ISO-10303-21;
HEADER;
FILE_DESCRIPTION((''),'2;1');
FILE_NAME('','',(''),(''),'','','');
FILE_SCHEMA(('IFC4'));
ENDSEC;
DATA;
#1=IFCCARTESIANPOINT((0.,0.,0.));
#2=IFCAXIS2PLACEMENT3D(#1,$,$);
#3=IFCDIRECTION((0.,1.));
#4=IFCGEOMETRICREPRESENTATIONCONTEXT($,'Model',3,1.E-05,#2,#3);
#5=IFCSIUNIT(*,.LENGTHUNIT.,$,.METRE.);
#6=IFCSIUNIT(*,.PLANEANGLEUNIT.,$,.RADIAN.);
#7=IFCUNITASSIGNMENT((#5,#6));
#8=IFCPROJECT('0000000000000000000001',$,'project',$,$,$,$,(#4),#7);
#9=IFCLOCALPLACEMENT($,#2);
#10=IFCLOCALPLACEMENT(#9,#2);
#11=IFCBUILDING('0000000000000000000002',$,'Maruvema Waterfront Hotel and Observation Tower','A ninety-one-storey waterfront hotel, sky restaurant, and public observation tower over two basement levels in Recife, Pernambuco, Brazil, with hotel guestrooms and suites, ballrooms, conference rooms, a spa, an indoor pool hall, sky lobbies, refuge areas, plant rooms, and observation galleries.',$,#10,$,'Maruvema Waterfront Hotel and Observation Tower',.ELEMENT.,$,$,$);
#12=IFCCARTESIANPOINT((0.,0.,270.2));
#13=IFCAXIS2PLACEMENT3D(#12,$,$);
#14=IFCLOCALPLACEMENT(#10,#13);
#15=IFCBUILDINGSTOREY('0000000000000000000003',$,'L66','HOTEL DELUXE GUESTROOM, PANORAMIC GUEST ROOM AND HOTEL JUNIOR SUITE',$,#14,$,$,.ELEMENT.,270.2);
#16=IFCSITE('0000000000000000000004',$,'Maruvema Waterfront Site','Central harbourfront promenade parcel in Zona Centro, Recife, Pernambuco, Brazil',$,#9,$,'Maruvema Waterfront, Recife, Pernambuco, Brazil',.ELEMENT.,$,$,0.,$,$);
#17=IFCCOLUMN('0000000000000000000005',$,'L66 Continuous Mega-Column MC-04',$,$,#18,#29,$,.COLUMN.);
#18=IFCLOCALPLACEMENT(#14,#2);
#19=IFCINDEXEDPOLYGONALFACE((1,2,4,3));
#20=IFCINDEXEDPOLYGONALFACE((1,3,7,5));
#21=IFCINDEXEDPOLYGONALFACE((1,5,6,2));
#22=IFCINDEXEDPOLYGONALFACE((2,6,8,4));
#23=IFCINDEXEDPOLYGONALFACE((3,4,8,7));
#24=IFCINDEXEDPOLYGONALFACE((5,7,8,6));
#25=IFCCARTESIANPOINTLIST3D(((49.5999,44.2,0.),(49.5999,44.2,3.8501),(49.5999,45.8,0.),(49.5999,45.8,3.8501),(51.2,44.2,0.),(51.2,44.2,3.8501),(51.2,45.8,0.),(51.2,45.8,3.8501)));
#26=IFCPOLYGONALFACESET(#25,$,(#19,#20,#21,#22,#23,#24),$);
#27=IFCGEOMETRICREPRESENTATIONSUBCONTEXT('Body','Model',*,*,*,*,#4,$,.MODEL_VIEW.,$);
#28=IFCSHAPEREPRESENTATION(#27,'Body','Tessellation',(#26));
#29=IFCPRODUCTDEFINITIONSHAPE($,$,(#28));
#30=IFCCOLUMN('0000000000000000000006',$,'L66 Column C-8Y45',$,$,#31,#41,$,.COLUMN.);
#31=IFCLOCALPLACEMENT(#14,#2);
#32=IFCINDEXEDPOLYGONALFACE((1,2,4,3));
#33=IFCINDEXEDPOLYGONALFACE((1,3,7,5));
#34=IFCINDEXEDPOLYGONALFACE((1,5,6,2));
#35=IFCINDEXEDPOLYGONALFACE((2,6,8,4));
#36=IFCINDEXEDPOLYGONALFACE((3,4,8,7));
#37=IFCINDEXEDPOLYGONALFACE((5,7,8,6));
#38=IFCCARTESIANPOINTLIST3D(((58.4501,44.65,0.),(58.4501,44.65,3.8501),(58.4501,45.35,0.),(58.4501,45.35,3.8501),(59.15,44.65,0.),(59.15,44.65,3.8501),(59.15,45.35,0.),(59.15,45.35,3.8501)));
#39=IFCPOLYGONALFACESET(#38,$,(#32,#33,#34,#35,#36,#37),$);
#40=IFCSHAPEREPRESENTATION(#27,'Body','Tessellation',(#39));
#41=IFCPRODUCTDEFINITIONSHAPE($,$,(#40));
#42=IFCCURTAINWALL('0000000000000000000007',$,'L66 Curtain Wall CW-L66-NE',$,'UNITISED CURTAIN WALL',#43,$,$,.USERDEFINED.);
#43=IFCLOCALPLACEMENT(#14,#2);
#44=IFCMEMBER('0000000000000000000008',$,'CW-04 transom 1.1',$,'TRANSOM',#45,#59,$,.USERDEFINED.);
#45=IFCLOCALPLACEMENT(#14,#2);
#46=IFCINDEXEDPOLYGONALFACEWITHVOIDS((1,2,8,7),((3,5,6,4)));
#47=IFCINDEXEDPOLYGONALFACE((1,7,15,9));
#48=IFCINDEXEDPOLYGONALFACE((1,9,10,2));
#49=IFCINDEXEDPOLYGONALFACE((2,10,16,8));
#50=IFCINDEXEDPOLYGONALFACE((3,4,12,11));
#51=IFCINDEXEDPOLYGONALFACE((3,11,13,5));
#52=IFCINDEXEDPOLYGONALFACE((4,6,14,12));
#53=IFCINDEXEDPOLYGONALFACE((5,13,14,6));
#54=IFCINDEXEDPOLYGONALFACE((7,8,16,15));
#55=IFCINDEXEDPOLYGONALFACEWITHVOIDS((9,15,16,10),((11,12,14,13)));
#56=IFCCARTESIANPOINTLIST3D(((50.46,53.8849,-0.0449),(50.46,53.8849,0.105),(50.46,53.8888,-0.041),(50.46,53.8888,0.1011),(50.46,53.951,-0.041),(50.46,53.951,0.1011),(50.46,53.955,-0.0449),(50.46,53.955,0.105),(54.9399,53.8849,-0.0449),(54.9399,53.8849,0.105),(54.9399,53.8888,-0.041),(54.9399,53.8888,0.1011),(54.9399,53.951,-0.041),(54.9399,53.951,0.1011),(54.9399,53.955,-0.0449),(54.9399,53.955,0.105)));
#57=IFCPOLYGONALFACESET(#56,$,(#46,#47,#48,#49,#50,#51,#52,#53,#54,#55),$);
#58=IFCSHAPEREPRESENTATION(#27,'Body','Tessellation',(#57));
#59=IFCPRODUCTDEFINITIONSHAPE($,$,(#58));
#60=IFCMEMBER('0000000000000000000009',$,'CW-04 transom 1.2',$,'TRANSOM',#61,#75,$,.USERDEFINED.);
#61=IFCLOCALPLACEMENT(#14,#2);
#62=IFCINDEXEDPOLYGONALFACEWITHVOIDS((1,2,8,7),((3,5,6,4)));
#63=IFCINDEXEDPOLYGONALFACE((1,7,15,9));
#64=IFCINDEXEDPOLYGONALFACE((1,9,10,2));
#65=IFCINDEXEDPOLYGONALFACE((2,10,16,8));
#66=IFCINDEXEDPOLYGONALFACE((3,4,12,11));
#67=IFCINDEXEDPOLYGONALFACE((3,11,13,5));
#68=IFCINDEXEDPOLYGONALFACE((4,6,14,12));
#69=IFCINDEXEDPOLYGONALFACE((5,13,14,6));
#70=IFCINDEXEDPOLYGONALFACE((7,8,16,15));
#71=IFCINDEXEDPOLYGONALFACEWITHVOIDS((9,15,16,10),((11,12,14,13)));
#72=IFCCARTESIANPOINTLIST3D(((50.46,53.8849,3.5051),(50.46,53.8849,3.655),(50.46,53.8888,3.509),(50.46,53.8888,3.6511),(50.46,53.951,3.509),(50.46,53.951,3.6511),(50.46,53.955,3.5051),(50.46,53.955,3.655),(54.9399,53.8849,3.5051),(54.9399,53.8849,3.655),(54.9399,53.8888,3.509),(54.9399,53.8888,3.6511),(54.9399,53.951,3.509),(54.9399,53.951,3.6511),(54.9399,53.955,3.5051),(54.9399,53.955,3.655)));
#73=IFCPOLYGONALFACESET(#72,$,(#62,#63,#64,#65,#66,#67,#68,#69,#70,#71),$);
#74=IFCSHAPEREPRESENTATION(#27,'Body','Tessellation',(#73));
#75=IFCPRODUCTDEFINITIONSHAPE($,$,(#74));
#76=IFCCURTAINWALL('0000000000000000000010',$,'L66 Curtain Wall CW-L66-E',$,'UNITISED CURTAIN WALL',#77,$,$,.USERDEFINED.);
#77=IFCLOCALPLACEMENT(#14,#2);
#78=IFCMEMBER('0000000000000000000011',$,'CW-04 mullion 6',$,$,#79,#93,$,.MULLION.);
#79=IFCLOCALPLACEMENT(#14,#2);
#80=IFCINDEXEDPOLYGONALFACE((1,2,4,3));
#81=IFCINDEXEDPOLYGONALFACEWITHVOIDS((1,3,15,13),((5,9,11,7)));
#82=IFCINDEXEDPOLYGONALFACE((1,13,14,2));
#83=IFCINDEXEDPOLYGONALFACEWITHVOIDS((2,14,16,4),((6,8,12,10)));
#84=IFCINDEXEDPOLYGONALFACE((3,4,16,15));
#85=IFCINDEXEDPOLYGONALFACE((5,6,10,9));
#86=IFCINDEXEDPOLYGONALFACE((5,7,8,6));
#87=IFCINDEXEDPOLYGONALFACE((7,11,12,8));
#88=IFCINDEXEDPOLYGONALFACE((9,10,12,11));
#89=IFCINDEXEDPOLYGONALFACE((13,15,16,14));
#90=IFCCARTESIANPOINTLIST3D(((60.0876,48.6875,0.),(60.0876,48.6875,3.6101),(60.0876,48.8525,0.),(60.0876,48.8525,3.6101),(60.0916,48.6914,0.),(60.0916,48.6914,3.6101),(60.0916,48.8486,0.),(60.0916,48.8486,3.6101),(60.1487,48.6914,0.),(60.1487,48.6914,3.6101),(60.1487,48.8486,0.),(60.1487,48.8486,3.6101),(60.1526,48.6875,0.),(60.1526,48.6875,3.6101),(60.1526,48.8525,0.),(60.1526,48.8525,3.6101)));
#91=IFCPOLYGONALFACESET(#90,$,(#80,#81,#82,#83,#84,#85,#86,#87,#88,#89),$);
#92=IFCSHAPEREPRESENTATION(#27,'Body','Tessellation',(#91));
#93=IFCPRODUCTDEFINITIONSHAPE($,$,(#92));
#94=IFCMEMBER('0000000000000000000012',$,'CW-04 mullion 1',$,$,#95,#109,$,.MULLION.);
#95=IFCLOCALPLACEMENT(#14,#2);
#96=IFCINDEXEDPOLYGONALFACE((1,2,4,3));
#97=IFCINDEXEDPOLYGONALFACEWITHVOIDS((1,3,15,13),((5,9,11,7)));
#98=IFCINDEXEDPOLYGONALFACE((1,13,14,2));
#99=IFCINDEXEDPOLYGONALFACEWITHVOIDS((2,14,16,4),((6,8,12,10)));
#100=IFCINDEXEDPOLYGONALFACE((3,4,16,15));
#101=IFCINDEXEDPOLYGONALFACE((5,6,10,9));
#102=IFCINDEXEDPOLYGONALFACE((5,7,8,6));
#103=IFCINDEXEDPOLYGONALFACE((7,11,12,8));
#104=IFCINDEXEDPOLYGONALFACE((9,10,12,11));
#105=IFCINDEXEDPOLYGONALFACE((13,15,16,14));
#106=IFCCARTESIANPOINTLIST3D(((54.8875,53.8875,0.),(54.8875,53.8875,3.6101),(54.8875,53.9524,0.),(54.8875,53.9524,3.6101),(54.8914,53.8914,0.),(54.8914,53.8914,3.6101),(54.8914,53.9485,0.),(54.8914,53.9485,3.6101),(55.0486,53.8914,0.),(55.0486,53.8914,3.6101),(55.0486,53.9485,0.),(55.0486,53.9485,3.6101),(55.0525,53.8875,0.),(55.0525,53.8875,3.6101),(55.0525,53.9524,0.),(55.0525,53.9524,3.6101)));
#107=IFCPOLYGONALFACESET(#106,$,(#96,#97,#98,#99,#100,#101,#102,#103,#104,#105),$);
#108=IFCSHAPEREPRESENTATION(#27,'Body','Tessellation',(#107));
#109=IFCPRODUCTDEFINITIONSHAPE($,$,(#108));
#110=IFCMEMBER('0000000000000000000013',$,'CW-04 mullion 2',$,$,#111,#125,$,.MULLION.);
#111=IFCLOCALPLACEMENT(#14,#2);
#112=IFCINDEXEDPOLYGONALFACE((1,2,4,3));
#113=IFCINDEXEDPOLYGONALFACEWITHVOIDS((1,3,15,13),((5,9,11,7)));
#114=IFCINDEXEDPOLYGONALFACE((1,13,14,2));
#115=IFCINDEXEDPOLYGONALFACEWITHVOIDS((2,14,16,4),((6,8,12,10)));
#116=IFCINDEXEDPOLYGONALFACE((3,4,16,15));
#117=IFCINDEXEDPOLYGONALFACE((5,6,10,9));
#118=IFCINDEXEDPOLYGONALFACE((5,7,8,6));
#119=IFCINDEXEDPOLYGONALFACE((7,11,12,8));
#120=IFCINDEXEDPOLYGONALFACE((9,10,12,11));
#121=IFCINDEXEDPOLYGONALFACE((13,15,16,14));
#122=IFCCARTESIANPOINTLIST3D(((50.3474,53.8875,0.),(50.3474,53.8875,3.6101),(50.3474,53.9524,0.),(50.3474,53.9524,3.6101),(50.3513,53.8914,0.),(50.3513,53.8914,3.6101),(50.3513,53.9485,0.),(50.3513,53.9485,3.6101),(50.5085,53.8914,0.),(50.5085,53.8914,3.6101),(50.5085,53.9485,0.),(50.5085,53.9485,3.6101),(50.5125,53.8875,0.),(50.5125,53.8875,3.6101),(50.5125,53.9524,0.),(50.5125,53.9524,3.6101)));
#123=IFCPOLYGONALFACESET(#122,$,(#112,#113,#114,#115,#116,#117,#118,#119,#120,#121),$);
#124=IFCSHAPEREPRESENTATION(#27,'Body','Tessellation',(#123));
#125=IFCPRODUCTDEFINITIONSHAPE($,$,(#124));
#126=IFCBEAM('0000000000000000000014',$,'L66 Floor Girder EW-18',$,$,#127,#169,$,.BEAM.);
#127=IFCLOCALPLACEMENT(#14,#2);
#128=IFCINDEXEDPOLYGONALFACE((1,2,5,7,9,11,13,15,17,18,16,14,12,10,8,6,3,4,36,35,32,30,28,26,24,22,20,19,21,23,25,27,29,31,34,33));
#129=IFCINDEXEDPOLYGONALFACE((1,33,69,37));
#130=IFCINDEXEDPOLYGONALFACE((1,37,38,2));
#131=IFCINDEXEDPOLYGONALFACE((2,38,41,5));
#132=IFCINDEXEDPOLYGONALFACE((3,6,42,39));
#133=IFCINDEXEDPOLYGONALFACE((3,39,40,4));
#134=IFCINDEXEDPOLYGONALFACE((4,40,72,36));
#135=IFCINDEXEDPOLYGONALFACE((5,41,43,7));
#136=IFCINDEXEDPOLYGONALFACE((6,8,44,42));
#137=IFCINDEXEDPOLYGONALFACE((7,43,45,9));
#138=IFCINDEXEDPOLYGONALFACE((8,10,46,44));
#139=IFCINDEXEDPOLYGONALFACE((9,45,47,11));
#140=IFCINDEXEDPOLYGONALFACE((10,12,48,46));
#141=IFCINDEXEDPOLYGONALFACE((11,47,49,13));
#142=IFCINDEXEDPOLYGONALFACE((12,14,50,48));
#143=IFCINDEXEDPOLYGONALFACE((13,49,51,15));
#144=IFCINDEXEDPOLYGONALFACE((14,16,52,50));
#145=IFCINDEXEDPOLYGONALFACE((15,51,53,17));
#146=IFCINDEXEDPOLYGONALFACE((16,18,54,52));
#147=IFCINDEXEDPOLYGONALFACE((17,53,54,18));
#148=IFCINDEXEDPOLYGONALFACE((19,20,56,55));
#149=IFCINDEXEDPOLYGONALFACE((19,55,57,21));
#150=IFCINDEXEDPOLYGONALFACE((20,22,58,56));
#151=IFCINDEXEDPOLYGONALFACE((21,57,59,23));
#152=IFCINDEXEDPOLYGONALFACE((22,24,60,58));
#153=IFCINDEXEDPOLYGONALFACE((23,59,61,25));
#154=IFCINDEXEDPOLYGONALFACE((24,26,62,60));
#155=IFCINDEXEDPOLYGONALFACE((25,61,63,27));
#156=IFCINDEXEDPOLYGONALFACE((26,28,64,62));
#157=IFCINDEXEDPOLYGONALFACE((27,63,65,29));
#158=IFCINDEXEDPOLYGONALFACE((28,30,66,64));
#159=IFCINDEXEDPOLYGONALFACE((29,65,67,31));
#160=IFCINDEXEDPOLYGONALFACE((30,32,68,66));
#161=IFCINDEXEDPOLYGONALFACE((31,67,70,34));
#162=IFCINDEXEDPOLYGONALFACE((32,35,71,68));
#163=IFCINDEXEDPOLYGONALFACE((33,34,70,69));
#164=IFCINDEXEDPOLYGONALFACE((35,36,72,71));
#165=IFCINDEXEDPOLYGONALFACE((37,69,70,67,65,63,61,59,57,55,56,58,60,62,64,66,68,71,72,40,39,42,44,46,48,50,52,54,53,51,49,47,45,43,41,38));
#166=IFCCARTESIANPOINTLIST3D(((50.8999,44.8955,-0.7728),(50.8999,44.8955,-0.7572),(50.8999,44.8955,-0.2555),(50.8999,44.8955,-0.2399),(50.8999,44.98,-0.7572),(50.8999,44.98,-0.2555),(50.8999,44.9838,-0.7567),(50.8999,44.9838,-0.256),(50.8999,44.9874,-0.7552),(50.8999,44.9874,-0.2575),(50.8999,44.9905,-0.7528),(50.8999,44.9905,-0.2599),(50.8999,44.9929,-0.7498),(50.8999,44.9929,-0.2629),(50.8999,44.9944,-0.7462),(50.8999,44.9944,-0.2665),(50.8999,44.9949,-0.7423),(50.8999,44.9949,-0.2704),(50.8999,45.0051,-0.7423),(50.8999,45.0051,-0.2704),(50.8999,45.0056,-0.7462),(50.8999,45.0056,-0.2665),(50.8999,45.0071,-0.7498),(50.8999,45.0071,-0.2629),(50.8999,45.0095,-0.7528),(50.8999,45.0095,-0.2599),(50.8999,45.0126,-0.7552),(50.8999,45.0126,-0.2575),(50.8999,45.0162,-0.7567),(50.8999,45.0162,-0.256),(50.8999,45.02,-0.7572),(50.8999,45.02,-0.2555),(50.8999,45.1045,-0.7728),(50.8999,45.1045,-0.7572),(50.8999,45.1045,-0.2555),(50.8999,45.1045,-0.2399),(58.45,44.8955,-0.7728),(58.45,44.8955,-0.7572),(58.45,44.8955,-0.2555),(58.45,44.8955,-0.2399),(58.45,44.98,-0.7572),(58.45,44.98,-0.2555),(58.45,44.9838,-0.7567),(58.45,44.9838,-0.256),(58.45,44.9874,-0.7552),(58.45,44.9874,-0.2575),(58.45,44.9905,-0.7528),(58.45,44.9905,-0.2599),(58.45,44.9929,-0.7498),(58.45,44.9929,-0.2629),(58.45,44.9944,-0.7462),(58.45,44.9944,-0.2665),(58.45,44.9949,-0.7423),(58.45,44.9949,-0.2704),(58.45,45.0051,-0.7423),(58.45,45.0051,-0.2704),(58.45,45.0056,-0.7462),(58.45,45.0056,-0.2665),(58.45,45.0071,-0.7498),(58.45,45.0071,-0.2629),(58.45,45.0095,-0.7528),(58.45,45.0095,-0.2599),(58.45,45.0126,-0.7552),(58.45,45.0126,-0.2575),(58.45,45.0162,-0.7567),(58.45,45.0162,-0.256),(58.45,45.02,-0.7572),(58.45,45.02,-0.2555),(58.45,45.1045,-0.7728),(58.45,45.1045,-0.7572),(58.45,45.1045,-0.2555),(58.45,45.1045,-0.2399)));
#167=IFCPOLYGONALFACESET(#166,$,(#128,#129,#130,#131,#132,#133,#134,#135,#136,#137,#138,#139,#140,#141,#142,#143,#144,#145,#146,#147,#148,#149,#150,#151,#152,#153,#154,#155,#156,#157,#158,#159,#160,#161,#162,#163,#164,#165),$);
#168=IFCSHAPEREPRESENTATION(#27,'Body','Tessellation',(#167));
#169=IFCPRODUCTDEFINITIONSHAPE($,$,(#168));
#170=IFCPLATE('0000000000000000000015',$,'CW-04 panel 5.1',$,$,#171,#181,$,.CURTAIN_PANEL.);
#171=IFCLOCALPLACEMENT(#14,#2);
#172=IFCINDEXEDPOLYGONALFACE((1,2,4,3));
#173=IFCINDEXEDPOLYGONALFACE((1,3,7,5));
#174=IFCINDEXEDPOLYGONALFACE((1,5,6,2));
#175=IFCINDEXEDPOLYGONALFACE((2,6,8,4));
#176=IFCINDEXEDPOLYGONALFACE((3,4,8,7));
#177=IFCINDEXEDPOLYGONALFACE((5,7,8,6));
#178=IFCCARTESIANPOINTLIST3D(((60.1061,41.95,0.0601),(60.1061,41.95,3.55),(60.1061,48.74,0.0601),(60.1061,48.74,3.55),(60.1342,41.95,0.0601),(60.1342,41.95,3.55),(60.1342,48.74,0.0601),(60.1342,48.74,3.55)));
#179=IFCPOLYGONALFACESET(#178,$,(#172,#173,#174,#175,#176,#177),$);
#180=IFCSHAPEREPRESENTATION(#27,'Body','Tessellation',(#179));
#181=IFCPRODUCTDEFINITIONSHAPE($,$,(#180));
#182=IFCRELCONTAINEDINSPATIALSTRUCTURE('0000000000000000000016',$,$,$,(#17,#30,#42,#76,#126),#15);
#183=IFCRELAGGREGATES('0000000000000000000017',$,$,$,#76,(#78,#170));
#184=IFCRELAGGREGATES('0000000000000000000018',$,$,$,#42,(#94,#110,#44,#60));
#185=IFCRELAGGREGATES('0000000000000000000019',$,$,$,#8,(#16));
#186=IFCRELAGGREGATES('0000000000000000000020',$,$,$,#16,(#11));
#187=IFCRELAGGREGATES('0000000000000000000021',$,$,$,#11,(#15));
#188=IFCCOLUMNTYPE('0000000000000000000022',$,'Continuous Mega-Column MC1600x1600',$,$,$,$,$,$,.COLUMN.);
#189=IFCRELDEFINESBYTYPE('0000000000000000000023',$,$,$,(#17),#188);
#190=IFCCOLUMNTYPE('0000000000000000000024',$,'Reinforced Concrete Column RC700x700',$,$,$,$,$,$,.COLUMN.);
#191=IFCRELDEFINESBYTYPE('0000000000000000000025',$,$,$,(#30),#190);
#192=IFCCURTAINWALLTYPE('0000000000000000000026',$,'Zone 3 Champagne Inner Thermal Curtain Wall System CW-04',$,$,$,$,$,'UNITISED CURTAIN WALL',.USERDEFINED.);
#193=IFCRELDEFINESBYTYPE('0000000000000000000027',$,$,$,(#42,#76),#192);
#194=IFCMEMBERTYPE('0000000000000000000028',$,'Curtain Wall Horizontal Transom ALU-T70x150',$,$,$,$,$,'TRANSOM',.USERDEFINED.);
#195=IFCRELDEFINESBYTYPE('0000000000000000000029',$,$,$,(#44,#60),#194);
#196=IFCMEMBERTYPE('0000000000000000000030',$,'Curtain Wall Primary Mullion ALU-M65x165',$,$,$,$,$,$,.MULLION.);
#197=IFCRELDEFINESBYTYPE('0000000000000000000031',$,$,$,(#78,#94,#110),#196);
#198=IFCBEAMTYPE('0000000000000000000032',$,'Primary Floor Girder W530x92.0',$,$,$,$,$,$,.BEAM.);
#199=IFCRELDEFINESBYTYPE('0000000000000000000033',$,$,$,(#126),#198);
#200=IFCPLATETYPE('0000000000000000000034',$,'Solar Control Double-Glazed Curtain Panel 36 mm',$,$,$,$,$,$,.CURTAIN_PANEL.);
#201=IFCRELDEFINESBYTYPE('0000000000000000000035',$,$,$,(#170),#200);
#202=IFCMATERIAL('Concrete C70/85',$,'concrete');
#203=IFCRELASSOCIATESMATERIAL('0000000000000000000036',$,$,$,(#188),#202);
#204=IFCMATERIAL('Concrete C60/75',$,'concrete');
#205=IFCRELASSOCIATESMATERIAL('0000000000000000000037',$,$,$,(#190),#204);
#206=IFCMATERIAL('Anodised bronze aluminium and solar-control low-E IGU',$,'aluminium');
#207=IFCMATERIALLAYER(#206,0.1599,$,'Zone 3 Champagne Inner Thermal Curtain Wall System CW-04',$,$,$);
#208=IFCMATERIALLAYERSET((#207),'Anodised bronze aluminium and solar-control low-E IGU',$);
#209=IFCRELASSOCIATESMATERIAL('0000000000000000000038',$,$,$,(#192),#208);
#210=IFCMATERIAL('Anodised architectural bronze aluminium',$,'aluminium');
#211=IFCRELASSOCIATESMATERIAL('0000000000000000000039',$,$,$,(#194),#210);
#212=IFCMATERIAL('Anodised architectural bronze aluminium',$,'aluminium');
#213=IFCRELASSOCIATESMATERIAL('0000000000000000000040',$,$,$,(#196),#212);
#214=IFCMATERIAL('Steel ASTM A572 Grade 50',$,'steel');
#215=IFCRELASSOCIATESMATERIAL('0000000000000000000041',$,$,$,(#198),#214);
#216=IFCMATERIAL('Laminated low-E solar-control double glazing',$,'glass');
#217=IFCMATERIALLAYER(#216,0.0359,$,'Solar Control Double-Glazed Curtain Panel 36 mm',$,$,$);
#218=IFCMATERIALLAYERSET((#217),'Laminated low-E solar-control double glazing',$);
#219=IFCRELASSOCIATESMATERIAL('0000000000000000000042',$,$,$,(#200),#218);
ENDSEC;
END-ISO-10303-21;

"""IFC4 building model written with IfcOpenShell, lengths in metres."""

from ifc_helpers import new_model, si_unit, direction, frame, origin, origin_2d, place, context, subcontext, project, spatial, rectangle, hollow_rectangle, i_section, extrude, material, layer, layer_set, material_profile, profile_set, type_object, element, aggregate, save


model = new_model("IFC4")

# Units and contexts
model_context = context("Model", 3, precision=1e-05, world=origin(), true_north=direction((0.0, 1.0)))
body_context = subcontext(model_context, "Body", "Model", "MODEL_VIEW")
ifc_project = project(units=[si_unit("LENGTHUNIT", "METRE"), si_unit("PLANEANGLEUNIT", "RADIAN")], contexts=[model_context])

# Site, building, storey
site_placement = place(None, origin())
site = spatial("IfcSite", under=ifc_project, at=site_placement, Name="Maruvema Waterfront Site", Description="Central harbourfront promenade parcel in Zona Centro, Recife, Pernambuco, Brazil", LongName="Maruvema Waterfront, Recife, Pernambuco, Brazil", CompositionType="ELEMENT", RefElevation=0.0)
building_placement = place(site_placement, origin())
building = spatial("IfcBuilding", under=site, at=building_placement, Name="Maruvema Waterfront Hotel and Observation Tower", Description="A ninety-one-storey waterfront hotel, sky restaurant, and public observation tower over two basement levels in Recife, Pernambuco, Brazil, with hotel guestrooms and suites, ballrooms, conference rooms, a spa, an indoor pool hall, sky lobbies, refuge areas, plant rooms, and observation galleries.", LongName="Maruvema Waterfront Hotel and Observation Tower", CompositionType="ELEMENT")
storey_placement = place(building_placement, frame((0.0, 0.0, 270.2)))
storey = spatial("IfcBuildingStorey", under=building, at=storey_placement, Name="L66", Description="HOTEL DELUXE GUESTROOM, PANORAMIC GUEST ROOM AND HOTEL JUNIOR SUITE", CompositionType="ELEMENT", Elevation=270.2)

# Columns
ifc_material_1 = material(Name="Concrete C70/85", Category="concrete")
ifc_material_profile_1 = material_profile(ifc_material_1, rectangle(XDim=1.6001, YDim=1.6001, at=origin_2d()), Name="MC1600x1600")
ifc_profile_set_1 = profile_set([ifc_material_profile_1], Name="Concrete C70/85")
column_type_1 = type_object("IfcColumnType", Name="Continuous Mega-Column MC1600x1600", PredefinedType="COLUMN", material=ifc_profile_set_1)
column_1_placement = place(storey_placement, frame((50.3999, 45.0, 0.0), z_axis=(0.0, 0.0, 1.0), x_axis=(1.0, 0.0, 0.0)))
element("IfcColumn", 1, at=column_1_placement, inside=storey, type_object=column_type_1, Name="L66 Continuous Mega-Column MC-04", PredefinedType="COLUMN", context=body_context, shape_type="SweptSolid", body=[
    extrude(rectangle(XDim=1.6001, YDim=1.6001, at=origin_2d()), origin(), (0.0, 0.0, 1.0), 3.8501),
])
ifc_material_2 = material(Name="Concrete C60/75", Category="concrete")
ifc_material_profile_2 = material_profile(ifc_material_2, rectangle(XDim=0.7, YDim=0.7, at=origin_2d()), Name="RC700x700")
ifc_profile_set_2 = profile_set([ifc_material_profile_2], Name="Concrete C60/75")
column_type_2 = type_object("IfcColumnType", Name="Reinforced Concrete Column RC700x700", PredefinedType="COLUMN", material=ifc_profile_set_2)
column_2_placement = place(storey_placement, frame((58.8, 45.0, 0.0), z_axis=(0.0, 0.0, 1.0), x_axis=(1.0, 0.0, 0.0)))
element("IfcColumn", 2, at=column_2_placement, inside=storey, type_object=column_type_2, Name="L66 Column C-8Y45", PredefinedType="COLUMN", context=body_context, shape_type="SweptSolid", body=[
    extrude(rectangle(XDim=0.7, YDim=0.7, at=origin_2d()), origin(), (0.0, 0.0, 1.0), 3.8501),
])

# Curtain wall, members
ifc_material_3 = material(Name="Anodised bronze aluminium and solar-control low-E IGU", Category="aluminium")
ifc_layer_1 = layer(ifc_material_3, 0.1599, Name="Zone 3 Champagne Inner Thermal Curtain Wall System CW-04")
ifc_layer_set_1 = layer_set([ifc_layer_1], Name="Anodised bronze aluminium and solar-control low-E IGU")
curtain_wall_type = type_object("IfcCurtainWallType", Name="Zone 3 Champagne Inner Thermal Curtain Wall System CW-04", ElementType="UNITISED CURTAIN WALL", PredefinedType="USERDEFINED", material=ifc_layer_set_1)
curtain_wall_1_placement = place(storey_placement, origin())
curtain_wall_1 = element("IfcCurtainWall", 3, at=curtain_wall_1_placement, inside=storey, type_object=curtain_wall_type, Name="L66 Curtain Wall CW-L66-NE", ObjectType="UNITISED CURTAIN WALL", PredefinedType="USERDEFINED")
ifc_material_4 = material(Name="Anodised architectural bronze aluminium", Category="aluminium")
ifc_material_profile_3 = material_profile(ifc_material_4, hollow_rectangle(XDim=0.0701, YDim=0.1499, WallThickness=0.0039, at=origin_2d()), Name="ALU-T70x150")
ifc_profile_set_3 = profile_set([ifc_material_profile_3], Name="Anodised architectural bronze aluminium")
member_type_1 = type_object("IfcMemberType", Name="Curtain Wall Horizontal Transom ALU-T70x150", ElementType="TRANSOM", PredefinedType="USERDEFINED", material=ifc_profile_set_3)
member_1_placement = place(storey_placement, frame((54.9399, 53.9199, 0.03), z_axis=(-1.0, 0.0, 0.0), x_axis=(0.0, -1.0, 0.0)))
member_1 = element("IfcMember", 4, at=member_1_placement, type_object=member_type_1, Name="CW-04 transom 1.1", ObjectType="TRANSOM", PredefinedType="USERDEFINED", context=body_context, shape_type="SweptSolid", body=[
    extrude(hollow_rectangle(XDim=0.0701, YDim=0.1499, WallThickness=0.0039, at=origin_2d()), origin(), (0.0, 0.0, 1.0), 4.48),
])
member_2_placement = place(storey_placement, frame((54.9399, 53.9199, 3.5801), z_axis=(-1.0, 0.0, 0.0), x_axis=(0.0, -1.0, 0.0)))
member_2 = element("IfcMember", 5, at=member_2_placement, type_object=member_type_1, Name="CW-04 transom 1.2", ObjectType="TRANSOM", PredefinedType="USERDEFINED", context=body_context, shape_type="SweptSolid", body=[
    extrude(hollow_rectangle(XDim=0.0701, YDim=0.1499, WallThickness=0.0039, at=origin_2d()), origin(), (0.0, 0.0, 1.0), 4.48),
])

# Curtain wall, member
curtain_wall_2_placement = place(storey_placement, origin())
curtain_wall_2 = element("IfcCurtainWall", 6, at=curtain_wall_2_placement, inside=storey, type_object=curtain_wall_type, Name="L66 Curtain Wall CW-L66-E", ObjectType="UNITISED CURTAIN WALL", PredefinedType="USERDEFINED")
ifc_material_5 = material(Name="Anodised architectural bronze aluminium", Category="aluminium")
ifc_material_profile_4 = material_profile(ifc_material_5, hollow_rectangle(XDim=0.0649, YDim=0.165, WallThickness=0.0039, at=origin_2d()), Name="ALU-M65x165")
ifc_profile_set_4 = profile_set([ifc_material_profile_4], Name="Anodised architectural bronze aluminium")
member_type_2 = type_object("IfcMemberType", Name="Curtain Wall Primary Mullion ALU-M65x165", PredefinedType="MULLION", material=ifc_profile_set_4)
member_3_placement = place(storey_placement, frame((60.1201, 48.77, 0.0), z_axis=(0.0, 0.0, 1.0), x_axis=(-1.0, 0.0, 0.0)))
member_3 = element("IfcMember", 7, at=member_3_placement, type_object=member_type_2, Name="CW-04 mullion 6", PredefinedType="MULLION", context=body_context, shape_type="SweptSolid", body=[
    extrude(hollow_rectangle(XDim=0.0649, YDim=0.165, WallThickness=0.0039, at=origin_2d()), origin(), (0.0, 0.0, 1.0), 3.6101),
])

# Members
member_4_placement = place(storey_placement, frame((54.97, 53.9199, 0.0), z_axis=(0.0, 0.0, 1.0), x_axis=(0.0, -1.0, 0.0)))
member_4 = element("IfcMember", 8, at=member_4_placement, type_object=member_type_2, Name="CW-04 mullion 1", PredefinedType="MULLION", context=body_context, shape_type="SweptSolid", body=[
    extrude(hollow_rectangle(XDim=0.0649, YDim=0.165, WallThickness=0.0039, at=origin_2d()), origin(), (0.0, 0.0, 1.0), 3.6101),
])
member_5_placement = place(storey_placement, frame((50.4299, 53.9199, 0.0), z_axis=(0.0, 0.0, 1.0), x_axis=(0.0, -1.0, 0.0)))
member_5 = element("IfcMember", 9, at=member_5_placement, type_object=member_type_2, Name="CW-04 mullion 2", PredefinedType="MULLION", context=body_context, shape_type="SweptSolid", body=[
    extrude(hollow_rectangle(XDim=0.0649, YDim=0.165, WallThickness=0.0039, at=origin_2d()), origin(), (0.0, 0.0, 1.0), 3.6101),
])

# Beam
ifc_material_6 = material(Name="Steel ASTM A572 Grade 50", Category="steel")
ifc_material_profile_5 = material_profile(ifc_material_6, i_section(OverallWidth=0.209, OverallDepth=0.533, WebThickness=0.0103, FlangeThickness=0.0156, FilletRadius=0.0149, at=origin_2d()), Name="W530x92.0")
ifc_profile_set_5 = profile_set([ifc_material_profile_5], Name="Steel ASTM A572 Grade 50")
beam_type = type_object("IfcBeamType", Name="Primary Floor Girder W530x92.0", PredefinedType="BEAM", material=ifc_profile_set_5)
beam_placement = place(storey_placement, frame((50.8999, 45.0, -0.5063), z_axis=(1.0, 0.0, 0.0), x_axis=(0.0, 1.0, 0.0)))
element("IfcBeam", 10, at=beam_placement, inside=storey, type_object=beam_type, Name="L66 Floor Girder EW-18", PredefinedType="BEAM", context=body_context, shape_type="SweptSolid", body=[
    extrude(i_section(OverallWidth=0.209, OverallDepth=0.533, WebThickness=0.0103, FlangeThickness=0.0156, FilletRadius=0.0149, at=origin_2d()), origin(), (0.0, 0.0, 1.0), 7.55),
])

# Plate
ifc_material_7 = material(Name="Laminated low-E solar-control double glazing", Category="glass")
ifc_layer_2 = layer(ifc_material_7, 0.0359, Name="Solar Control Double-Glazed Curtain Panel 36 mm")
ifc_layer_set_2 = layer_set([ifc_layer_2], Name="Laminated low-E solar-control double glazing")
plate_type = type_object("IfcPlateType", Name="Solar Control Double-Glazed Curtain Panel 36 mm", PredefinedType="CURTAIN_PANEL", material=ifc_layer_set_2)
plate_1_placement = place(storey_placement, frame((60.1201, 45.345, 0.0601), z_axis=(0.0, 0.0, 1.0), x_axis=(0.0, 1.0, 0.0)))
plate_1 = element("IfcPlate", 11, at=plate_1_placement, type_object=plate_type, Name="CW-04 panel 5.1", PredefinedType="CURTAIN_PANEL", context=body_context, shape_type="SweptSolid", body=[
    extrude(rectangle(XDim=6.79, YDim=0.0281, at=origin_2d()), origin(), (0.0, 0.0, 1.0), 3.49),
])
aggregate(curtain_wall_2, [member_3, plate_1])
aggregate(curtain_wall_1, [member_4, member_5, member_1, member_2])

save(model, "model.ifc")
